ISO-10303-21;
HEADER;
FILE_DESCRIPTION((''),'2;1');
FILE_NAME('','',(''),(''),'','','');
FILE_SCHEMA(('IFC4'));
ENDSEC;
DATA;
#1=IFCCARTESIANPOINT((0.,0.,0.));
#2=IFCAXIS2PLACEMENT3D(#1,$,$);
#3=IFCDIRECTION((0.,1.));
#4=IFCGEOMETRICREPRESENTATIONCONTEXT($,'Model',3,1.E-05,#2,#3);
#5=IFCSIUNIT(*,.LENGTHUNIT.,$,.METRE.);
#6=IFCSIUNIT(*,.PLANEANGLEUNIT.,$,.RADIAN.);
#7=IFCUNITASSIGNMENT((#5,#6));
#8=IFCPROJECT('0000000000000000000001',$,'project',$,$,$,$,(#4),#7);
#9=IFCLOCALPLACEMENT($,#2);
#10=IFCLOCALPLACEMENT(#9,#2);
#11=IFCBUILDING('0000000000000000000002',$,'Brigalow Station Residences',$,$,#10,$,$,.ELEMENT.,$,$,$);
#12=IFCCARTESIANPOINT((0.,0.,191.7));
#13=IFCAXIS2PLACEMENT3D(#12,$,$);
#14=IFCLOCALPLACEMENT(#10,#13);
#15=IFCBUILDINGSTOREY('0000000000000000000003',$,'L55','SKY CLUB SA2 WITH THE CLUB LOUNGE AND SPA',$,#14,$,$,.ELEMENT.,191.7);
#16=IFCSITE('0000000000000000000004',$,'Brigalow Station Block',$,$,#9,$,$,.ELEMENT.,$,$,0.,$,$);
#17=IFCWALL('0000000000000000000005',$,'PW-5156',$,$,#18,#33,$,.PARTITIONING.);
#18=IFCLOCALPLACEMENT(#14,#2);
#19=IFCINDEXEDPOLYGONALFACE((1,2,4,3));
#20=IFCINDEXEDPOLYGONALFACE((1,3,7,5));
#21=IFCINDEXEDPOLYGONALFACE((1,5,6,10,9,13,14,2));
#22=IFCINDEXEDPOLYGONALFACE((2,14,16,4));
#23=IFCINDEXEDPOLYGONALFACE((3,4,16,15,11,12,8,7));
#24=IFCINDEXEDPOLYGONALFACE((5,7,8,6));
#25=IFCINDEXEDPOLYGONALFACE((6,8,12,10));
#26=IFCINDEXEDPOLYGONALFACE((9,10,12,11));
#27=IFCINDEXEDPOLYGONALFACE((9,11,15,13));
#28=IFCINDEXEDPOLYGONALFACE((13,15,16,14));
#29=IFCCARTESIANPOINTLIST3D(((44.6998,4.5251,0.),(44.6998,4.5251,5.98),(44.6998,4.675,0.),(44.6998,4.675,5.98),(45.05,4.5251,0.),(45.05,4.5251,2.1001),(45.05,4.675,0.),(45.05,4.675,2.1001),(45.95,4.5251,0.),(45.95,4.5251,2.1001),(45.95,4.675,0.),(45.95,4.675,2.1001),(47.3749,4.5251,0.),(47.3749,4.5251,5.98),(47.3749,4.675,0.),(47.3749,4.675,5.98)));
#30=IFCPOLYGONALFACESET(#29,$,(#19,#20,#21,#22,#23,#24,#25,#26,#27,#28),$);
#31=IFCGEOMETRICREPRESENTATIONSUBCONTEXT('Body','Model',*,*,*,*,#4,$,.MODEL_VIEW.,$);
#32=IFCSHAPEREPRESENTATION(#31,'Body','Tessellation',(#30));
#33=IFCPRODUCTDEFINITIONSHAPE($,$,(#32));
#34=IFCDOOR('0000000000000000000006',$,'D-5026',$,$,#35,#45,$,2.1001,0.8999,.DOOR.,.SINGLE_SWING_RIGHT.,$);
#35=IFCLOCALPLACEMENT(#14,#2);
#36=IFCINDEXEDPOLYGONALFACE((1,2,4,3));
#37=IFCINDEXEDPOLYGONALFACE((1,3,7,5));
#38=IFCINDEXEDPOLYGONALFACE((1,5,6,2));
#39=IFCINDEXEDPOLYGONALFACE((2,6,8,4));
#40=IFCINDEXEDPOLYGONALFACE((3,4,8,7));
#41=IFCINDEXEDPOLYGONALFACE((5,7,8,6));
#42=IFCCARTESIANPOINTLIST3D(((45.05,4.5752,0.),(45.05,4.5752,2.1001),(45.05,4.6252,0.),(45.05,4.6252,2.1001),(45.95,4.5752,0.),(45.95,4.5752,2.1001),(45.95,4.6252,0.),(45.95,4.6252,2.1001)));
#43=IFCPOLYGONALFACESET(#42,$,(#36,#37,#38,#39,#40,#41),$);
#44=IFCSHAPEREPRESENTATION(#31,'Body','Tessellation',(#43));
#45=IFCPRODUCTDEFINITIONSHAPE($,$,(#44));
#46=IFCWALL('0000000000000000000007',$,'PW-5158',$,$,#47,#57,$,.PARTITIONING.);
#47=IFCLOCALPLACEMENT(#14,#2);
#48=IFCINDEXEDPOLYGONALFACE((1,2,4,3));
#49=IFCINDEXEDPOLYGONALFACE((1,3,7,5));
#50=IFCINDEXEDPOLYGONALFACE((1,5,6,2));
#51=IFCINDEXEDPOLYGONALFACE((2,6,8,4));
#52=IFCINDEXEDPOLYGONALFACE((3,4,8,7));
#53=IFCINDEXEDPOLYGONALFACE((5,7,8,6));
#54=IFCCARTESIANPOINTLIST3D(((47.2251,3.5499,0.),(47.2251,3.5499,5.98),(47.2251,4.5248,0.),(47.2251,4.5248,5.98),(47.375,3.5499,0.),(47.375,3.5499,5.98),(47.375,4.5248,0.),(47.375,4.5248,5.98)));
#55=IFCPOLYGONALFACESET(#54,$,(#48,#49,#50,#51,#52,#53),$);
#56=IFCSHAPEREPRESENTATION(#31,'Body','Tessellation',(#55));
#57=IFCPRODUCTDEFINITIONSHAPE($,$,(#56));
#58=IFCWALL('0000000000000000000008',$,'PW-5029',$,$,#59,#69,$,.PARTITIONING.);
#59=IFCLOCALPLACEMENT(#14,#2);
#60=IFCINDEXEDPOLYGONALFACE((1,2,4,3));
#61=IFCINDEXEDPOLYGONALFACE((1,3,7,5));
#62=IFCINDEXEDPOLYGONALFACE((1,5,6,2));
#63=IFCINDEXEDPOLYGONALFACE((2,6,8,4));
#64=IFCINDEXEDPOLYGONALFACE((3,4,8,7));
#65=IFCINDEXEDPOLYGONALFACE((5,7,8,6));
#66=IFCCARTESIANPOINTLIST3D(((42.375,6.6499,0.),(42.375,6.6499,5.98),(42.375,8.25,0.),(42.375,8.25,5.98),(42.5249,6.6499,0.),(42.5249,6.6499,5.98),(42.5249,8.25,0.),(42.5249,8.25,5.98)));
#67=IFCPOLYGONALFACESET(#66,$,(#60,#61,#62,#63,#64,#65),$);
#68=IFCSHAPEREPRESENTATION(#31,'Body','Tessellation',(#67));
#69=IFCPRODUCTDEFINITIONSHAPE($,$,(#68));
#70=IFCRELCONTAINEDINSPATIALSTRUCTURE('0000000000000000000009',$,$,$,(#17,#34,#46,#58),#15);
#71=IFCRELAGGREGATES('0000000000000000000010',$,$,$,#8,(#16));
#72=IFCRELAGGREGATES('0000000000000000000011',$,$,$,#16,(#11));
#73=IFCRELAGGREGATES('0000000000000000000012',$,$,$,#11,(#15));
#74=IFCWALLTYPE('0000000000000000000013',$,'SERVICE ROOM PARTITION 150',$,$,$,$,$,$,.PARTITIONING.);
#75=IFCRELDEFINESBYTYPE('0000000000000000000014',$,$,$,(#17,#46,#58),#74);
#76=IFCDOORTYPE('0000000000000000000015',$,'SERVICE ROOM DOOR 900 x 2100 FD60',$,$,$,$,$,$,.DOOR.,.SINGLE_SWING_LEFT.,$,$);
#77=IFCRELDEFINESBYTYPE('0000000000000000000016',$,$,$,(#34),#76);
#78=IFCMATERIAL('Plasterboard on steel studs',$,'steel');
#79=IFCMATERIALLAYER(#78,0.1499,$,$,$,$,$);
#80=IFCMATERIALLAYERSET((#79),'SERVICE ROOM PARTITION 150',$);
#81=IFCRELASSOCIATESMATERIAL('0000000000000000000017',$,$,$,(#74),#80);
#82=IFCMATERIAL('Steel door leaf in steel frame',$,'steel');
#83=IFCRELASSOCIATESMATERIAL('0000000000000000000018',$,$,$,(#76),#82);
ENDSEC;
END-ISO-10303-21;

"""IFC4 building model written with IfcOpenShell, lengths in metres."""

from ifc_helpers import new_model, si_unit, direction, frame, frame_2d, origin, place, context, subcontext, project, spatial, rectangle, extrude, material, layer, layer_set, type_object, element, fill, save


model = new_model("IFC4")

# Units and contexts
model_context = context("Model", 3, precision=1e-05, world=origin(), true_north=direction((0.0, 1.0)))
body_context = subcontext(model_context, "Body", "Model", "MODEL_VIEW")
ifc_project = project(units=[si_unit("LENGTHUNIT", "METRE"), si_unit("PLANEANGLEUNIT", "RADIAN")], contexts=[model_context])

# Site, building, storey
site_placement = place(None, origin())
site = spatial("IfcSite", under=ifc_project, at=site_placement, Name="Brigalow Station Block", CompositionType="ELEMENT", RefElevation=0.0)
building_placement = place(site_placement, origin())
building = spatial("IfcBuilding", under=site, at=building_placement, Name="Brigalow Station Residences", CompositionType="ELEMENT")
storey_placement = place(building_placement, frame((0.0, 0.0, 191.7)))
storey = spatial("IfcBuildingStorey", under=building, at=storey_placement, Name="L55", Description="SKY CLUB SA2 WITH THE CLUB LOUNGE AND SPA", CompositionType="ELEMENT", Elevation=191.7)

# Wall, opening, door
ifc_material_1 = material(Name="Plasterboard on steel studs", Category="steel")
ifc_layer_1 = layer(ifc_material_1, 0.1499)
ifc_layer_set_1 = layer_set([ifc_layer_1], Name="SERVICE ROOM PARTITION 150")
wall_type_1 = type_object("IfcWallType", Name="SERVICE ROOM PARTITION 150", PredefinedType="PARTITIONING", material=ifc_layer_set_1)
wall_1_placement = place(storey_placement, frame((44.7, 4.6001, 0.0), z_axis=(0.0, 0.0, 1.0), x_axis=(1.0, 0.0, 0.0)))
wall_1 = element("IfcWall", 1, at=wall_1_placement, inside=storey, type_object=wall_type_1, Name="PW-5156", PredefinedType="PARTITIONING", context=body_context, shape_type="SweptSolid", body=[
    extrude(rectangle(XDim=2.675, YDim=0.1499, at=frame_2d((1.3374, 0.0))), origin(), (0.0, 0.0, 1.0), 5.98),
])
opening_1_placement = place(wall_1_placement, frame((0.3501, 0.0, 0.0)))
opening_1 = element("IfcOpeningElement", 2, at=opening_1_placement, cuts=wall_1, PredefinedType="OPENING", context=body_context, shape_type="SweptSolid", body=[
    extrude(rectangle(XDim=0.8999, YDim=2.1001, at=frame_2d((0.45, 1.05))), frame((0.0, 0.085, 0.0), z_axis=(0.0, -1.0, 0.0), x_axis=(1.0, 0.0, 0.0)), (0.0, 0.0, 1.0), 0.1699),
])
ifc_material_2 = material(Name="Steel door leaf in steel frame", Category="steel")
door_type_1 = type_object("IfcDoorType", Name="SERVICE ROOM DOOR 900 x 2100 FD60", OperationType="SINGLE_SWING_LEFT", PredefinedType="DOOR", material=ifc_material_2)
door_1_placement = place(opening_1_placement, frame((0.8999, 0.0, 0.0), z_axis=(0.0, 0.0, 1.0), x_axis=(-1.0, 0.0, 0.0)))
door_1 = element("IfcDoor", 3, at=door_1_placement, inside=storey, type_object=door_type_1, Name="D-5026", OperationType="SINGLE_SWING_RIGHT", OverallHeight=2.1001, OverallWidth=0.8999, PredefinedType="DOOR", context=body_context, shape_type="SweptSolid", body=[
    extrude(rectangle(XDim=0.8999, YDim=2.1001, at=frame_2d((0.45, 1.05))), frame((0.0, 0.0249, 0.0), z_axis=(0.0, -1.0, 0.0), x_axis=(1.0, 0.0, 0.0)), (0.0, 0.0, 1.0), 0.05),
])
fill(opening_1, door_1)

# Walls
wall_2_placement = place(storey_placement, frame((47.3, 3.55, 0.0), z_axis=(0.0, 0.0, 1.0), x_axis=(0.0, 1.0, 0.0)))
element("IfcWall", 4, at=wall_2_placement, inside=storey, type_object=wall_type_1, Name="PW-5158", PredefinedType="PARTITIONING", context=body_context, shape_type="SweptSolid", body=[
    extrude(rectangle(XDim=0.9749, YDim=0.1499, at=frame_2d((0.4873, 0.0))), origin(), (0.0, 0.0, 1.0), 5.98),
])
wall_3_placement = place(storey_placement, frame((42.45, 6.6499, 0.0), z_axis=(0.0, 0.0, 1.0), x_axis=(0.0, 1.0, 0.0)))
element("IfcWall", 5, at=wall_3_placement, inside=storey, type_object=wall_type_1, Name="PW-5029", PredefinedType="PARTITIONING", context=body_context, shape_type="SweptSolid", body=[
    extrude(rectangle(XDim=1.6001, YDim=0.1499, at=frame_2d((0.8, 0.0))), origin(), (0.0, 0.0, 1.0), 5.98),
])

save(model, "model.ifc")
